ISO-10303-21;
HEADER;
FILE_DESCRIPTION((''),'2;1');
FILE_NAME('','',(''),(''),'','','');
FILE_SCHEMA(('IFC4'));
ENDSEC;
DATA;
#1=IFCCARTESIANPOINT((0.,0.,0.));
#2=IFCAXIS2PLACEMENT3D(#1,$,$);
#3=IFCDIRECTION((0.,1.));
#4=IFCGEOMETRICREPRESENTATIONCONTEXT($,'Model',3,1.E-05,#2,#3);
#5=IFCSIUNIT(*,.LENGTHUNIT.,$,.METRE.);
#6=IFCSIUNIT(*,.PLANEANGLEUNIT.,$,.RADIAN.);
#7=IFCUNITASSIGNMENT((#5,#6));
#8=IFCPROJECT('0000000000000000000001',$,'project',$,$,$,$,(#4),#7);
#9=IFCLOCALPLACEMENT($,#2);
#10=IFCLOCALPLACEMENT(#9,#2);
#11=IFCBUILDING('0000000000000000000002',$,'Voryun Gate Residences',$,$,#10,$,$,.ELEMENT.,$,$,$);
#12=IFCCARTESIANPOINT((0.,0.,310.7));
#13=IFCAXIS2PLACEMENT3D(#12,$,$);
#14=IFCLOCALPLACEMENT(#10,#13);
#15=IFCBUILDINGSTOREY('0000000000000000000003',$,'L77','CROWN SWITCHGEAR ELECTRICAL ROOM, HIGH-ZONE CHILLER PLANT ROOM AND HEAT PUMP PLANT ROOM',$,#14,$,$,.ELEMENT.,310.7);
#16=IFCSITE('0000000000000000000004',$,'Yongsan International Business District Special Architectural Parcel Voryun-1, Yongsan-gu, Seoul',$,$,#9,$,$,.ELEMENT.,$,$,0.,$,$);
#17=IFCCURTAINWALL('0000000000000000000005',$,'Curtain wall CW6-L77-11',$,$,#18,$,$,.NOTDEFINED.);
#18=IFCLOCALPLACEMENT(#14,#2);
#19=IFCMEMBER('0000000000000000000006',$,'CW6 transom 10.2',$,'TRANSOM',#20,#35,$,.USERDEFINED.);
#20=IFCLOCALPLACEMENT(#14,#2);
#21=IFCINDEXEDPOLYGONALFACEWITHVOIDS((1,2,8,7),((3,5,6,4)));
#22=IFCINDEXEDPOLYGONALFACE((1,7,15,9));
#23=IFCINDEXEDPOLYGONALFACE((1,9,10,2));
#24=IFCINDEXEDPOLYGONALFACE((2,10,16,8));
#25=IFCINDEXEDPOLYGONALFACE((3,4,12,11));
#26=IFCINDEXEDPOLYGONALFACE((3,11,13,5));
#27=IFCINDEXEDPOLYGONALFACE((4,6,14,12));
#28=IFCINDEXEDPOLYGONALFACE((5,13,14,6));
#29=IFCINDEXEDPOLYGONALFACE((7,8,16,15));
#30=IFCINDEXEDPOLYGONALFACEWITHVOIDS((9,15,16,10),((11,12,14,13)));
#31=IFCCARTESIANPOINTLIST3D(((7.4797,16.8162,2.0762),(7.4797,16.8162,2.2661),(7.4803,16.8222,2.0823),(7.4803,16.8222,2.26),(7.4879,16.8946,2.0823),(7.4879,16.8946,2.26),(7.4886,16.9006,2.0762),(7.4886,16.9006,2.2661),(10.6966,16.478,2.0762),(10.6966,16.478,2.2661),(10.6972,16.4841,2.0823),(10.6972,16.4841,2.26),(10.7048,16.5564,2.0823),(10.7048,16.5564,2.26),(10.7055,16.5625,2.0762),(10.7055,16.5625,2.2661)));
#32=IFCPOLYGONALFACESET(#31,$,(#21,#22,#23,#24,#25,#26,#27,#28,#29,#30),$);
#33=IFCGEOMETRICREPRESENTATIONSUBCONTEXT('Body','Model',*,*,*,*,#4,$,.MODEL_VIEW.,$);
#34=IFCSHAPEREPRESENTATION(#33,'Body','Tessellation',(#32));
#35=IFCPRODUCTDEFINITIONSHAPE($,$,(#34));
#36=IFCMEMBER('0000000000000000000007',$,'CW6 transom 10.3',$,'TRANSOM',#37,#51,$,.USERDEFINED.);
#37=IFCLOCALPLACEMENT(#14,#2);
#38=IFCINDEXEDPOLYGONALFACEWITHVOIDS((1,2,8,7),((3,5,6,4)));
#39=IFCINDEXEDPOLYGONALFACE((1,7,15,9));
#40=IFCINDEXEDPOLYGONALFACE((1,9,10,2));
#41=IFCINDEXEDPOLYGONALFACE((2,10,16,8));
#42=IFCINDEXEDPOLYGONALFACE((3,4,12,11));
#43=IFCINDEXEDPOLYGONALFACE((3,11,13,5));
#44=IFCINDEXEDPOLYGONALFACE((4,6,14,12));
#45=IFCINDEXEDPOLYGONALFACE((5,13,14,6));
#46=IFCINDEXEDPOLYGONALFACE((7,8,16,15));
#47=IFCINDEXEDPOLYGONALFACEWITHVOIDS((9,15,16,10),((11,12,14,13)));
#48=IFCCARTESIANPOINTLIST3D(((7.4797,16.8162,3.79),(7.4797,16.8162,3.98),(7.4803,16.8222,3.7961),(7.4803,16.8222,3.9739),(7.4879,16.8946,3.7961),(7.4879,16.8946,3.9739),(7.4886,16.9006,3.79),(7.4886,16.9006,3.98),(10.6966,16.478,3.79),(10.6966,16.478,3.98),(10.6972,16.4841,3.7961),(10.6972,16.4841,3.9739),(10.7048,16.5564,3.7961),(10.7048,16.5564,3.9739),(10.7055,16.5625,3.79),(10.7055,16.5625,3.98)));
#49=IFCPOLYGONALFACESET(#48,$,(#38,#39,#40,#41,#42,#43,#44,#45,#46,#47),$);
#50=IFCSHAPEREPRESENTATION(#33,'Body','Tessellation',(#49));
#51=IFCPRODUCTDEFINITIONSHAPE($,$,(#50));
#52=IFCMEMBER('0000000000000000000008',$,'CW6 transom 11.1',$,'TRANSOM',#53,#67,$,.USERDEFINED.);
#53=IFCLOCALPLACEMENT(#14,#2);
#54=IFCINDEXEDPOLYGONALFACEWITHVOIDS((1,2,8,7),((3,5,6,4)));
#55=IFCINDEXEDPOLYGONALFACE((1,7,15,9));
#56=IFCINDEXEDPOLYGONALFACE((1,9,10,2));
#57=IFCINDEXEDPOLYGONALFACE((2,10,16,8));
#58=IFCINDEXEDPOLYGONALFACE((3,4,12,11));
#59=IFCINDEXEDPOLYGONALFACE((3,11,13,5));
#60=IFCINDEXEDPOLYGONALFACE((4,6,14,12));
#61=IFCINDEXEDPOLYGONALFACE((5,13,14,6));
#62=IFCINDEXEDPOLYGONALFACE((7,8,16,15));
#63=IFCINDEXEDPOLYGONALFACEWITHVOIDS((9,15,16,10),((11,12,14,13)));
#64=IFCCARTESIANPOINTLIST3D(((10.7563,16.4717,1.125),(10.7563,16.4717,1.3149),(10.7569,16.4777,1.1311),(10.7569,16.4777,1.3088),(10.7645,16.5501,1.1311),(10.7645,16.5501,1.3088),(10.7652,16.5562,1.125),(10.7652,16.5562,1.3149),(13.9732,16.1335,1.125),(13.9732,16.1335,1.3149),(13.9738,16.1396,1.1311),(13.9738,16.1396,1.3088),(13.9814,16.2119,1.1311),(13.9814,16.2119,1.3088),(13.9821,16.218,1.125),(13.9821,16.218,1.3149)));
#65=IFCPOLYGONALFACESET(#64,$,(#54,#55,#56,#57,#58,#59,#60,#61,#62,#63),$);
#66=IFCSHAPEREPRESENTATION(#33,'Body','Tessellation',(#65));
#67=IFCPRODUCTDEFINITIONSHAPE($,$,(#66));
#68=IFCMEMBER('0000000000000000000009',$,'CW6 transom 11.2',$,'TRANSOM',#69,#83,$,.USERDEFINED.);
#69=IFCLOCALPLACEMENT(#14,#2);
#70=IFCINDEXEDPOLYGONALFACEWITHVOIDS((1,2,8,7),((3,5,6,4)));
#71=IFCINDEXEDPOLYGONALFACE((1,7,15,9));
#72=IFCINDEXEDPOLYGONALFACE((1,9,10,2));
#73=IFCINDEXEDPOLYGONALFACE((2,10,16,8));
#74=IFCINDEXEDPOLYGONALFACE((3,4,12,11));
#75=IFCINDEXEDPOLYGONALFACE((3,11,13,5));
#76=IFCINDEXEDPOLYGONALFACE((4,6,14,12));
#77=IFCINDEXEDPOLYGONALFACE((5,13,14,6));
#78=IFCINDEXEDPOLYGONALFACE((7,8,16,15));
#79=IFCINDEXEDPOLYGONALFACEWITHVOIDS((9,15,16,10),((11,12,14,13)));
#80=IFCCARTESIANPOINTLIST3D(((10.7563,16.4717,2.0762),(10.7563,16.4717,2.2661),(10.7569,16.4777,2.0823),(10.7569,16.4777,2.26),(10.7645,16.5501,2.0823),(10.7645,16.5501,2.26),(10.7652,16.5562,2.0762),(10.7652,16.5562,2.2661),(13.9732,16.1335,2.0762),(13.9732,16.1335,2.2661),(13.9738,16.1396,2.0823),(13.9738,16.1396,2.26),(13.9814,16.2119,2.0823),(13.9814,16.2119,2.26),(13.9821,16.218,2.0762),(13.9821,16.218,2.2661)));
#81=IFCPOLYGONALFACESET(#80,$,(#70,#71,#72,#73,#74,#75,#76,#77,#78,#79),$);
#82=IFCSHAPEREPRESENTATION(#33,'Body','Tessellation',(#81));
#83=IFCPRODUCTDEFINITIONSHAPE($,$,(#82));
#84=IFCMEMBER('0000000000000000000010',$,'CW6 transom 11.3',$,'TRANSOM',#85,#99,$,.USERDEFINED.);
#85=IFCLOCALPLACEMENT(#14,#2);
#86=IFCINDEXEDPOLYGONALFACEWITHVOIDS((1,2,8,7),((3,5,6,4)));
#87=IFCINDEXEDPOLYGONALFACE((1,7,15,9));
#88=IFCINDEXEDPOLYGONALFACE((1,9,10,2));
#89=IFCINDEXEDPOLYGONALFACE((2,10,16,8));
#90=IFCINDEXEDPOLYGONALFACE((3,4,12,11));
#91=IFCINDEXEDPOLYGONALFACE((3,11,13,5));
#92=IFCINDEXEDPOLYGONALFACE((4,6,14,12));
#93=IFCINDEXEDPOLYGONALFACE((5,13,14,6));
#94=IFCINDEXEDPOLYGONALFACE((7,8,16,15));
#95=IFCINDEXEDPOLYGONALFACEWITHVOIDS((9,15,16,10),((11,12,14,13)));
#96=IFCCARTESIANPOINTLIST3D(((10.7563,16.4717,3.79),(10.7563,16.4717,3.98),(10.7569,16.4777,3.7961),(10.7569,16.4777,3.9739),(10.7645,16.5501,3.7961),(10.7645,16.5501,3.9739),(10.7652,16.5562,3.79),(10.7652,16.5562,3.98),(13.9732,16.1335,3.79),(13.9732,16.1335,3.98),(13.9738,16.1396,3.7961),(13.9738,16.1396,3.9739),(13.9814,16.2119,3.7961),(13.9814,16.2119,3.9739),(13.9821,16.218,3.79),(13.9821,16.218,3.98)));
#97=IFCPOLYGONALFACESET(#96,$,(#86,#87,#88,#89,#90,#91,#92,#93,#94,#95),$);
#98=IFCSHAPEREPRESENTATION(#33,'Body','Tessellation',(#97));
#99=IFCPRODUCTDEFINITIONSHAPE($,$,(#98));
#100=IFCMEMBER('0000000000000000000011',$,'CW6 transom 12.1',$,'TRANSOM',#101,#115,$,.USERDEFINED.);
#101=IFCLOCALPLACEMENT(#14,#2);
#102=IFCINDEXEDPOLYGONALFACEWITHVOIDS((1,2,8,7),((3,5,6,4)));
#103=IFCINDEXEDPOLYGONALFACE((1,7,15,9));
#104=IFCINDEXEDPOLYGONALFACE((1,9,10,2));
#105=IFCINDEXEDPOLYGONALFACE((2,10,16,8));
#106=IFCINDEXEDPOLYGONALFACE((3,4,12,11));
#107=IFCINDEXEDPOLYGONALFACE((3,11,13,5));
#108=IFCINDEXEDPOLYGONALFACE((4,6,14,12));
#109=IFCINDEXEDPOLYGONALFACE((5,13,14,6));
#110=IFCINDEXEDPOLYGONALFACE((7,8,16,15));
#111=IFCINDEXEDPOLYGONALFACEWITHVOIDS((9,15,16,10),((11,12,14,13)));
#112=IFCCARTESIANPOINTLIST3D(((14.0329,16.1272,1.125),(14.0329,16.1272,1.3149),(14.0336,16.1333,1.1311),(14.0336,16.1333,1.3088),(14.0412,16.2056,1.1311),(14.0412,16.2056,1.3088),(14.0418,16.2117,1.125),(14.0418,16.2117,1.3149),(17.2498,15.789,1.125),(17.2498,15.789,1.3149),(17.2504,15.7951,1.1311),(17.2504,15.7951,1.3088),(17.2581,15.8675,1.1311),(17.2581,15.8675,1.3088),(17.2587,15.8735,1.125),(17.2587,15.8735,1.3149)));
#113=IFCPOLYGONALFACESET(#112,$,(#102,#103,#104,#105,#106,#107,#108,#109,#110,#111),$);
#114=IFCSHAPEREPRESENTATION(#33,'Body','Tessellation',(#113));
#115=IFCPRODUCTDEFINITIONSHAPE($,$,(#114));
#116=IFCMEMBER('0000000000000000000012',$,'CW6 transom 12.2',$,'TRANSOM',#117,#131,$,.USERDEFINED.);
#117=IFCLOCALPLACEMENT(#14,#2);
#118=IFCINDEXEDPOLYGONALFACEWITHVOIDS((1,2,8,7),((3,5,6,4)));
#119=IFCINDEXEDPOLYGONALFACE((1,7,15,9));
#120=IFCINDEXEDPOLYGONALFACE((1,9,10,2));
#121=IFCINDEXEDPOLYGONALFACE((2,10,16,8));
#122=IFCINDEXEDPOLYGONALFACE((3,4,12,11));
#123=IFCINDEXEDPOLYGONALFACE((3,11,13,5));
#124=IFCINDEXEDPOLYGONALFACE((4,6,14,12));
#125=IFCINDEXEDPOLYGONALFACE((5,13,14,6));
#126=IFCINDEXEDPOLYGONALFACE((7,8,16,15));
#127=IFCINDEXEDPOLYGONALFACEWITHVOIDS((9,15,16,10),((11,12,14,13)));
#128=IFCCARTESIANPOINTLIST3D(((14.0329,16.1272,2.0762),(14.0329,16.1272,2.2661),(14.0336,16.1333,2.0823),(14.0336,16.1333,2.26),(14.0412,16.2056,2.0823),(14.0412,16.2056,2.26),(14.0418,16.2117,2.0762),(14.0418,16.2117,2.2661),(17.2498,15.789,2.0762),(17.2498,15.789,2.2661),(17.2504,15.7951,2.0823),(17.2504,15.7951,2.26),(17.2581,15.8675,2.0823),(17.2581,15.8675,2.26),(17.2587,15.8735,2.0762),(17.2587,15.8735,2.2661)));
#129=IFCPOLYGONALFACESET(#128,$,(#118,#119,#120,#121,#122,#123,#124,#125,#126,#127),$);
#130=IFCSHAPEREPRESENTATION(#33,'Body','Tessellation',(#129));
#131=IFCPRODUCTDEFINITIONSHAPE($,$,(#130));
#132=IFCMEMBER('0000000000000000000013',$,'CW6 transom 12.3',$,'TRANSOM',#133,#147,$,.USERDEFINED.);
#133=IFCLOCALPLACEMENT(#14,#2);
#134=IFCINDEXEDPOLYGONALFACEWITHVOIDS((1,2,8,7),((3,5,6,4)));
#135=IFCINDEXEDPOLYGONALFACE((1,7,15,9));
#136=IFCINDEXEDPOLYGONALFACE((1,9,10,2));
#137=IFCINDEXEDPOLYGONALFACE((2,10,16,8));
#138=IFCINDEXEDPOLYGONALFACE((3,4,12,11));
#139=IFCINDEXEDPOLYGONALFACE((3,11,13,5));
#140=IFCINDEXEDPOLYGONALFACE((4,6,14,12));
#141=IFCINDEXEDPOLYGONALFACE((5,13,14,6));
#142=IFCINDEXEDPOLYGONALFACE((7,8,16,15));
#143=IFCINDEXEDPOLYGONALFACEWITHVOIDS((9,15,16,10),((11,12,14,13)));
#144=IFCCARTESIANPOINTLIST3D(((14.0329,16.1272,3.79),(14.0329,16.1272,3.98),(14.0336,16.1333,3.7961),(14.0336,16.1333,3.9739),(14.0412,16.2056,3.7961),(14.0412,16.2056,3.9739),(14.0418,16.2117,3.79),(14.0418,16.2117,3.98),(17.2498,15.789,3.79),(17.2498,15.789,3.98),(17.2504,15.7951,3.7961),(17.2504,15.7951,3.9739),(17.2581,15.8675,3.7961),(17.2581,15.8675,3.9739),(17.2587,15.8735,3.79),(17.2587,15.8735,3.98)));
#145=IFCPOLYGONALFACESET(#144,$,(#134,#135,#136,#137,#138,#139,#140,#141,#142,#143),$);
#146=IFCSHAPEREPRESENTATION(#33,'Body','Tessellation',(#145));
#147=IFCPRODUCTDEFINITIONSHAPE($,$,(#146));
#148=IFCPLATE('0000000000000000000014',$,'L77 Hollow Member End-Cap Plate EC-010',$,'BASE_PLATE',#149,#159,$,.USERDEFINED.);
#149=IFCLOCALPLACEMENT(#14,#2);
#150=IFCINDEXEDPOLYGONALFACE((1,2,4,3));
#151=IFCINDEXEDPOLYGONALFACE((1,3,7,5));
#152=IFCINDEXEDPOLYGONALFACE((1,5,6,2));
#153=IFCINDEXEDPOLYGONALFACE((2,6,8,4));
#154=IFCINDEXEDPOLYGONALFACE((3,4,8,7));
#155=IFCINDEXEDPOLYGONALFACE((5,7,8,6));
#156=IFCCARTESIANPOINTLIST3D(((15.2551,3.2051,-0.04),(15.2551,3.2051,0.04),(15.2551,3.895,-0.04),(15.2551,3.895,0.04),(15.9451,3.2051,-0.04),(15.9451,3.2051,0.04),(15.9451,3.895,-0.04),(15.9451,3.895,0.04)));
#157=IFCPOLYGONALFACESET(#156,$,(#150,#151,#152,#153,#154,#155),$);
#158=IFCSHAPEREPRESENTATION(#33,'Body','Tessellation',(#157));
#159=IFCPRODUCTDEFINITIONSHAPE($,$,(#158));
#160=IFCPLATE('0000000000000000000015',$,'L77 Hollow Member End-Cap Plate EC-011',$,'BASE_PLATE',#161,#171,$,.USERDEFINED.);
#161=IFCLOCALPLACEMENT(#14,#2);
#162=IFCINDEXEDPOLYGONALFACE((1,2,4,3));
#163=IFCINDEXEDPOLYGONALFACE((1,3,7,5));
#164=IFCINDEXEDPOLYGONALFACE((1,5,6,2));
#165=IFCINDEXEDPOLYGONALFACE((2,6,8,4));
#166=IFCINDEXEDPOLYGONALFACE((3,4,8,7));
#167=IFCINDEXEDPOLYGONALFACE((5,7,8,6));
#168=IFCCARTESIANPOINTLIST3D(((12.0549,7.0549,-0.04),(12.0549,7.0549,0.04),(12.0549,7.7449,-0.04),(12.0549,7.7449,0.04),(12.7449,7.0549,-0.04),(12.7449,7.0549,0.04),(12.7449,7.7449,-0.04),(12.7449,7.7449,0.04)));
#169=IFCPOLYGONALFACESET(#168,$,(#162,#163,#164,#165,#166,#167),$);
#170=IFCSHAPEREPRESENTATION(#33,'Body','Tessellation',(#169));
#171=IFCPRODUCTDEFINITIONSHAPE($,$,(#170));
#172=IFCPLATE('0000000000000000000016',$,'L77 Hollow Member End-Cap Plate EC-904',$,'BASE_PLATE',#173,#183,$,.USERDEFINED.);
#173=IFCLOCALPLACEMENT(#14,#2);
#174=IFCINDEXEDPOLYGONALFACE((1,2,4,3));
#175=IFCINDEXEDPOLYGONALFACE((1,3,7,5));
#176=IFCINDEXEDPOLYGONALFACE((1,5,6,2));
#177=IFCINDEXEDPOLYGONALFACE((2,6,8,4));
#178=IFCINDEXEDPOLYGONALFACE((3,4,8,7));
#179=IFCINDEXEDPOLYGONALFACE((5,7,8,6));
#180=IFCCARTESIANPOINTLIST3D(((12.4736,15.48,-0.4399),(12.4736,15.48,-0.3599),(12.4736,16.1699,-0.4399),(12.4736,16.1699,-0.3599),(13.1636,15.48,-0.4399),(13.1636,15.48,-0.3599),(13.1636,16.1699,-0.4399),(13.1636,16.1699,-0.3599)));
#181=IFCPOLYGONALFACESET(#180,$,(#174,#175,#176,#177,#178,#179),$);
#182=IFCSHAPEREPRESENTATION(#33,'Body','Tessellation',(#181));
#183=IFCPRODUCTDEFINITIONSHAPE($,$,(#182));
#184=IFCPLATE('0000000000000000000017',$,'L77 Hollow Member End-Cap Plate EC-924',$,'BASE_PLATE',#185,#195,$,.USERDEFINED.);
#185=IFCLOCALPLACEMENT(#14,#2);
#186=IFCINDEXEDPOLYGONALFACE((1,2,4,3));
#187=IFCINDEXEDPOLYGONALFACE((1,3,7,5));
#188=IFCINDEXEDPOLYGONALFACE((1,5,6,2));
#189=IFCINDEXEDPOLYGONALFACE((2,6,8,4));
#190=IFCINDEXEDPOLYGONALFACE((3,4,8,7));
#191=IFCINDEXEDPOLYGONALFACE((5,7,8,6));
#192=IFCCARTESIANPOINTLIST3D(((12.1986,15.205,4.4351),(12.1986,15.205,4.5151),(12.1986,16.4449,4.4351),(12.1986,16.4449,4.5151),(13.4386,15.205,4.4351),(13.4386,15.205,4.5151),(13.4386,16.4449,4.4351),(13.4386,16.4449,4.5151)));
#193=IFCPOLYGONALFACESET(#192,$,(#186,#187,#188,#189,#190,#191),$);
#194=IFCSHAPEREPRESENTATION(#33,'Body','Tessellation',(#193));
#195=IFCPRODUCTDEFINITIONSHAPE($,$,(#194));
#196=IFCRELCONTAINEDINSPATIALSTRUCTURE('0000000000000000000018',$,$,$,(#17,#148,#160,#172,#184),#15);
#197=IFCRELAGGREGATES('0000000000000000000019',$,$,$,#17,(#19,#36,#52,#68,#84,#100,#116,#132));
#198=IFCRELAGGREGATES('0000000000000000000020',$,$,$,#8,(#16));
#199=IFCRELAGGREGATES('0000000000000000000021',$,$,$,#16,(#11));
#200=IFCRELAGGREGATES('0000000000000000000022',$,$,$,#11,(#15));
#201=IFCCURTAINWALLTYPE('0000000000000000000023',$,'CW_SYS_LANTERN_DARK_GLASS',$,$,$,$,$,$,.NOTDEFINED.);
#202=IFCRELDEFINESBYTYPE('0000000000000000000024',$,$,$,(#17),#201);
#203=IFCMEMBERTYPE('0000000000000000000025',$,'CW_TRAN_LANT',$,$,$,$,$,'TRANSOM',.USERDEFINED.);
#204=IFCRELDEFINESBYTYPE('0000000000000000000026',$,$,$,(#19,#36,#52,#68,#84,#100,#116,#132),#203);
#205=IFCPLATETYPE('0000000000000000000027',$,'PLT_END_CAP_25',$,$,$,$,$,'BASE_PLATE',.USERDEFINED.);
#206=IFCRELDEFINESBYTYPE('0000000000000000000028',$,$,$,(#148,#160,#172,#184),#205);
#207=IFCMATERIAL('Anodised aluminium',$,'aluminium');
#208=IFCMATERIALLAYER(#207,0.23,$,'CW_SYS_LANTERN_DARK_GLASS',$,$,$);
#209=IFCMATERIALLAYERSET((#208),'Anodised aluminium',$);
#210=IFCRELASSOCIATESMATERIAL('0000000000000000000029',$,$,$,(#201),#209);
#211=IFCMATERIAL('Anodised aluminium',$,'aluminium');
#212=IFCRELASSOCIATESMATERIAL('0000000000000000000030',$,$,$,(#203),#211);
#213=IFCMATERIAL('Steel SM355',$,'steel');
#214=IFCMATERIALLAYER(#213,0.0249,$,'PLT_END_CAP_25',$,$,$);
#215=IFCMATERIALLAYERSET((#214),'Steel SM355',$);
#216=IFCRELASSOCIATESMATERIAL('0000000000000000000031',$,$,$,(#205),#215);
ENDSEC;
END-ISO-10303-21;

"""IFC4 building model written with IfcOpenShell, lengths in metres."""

from ifc_helpers import new_model, si_unit, direction, frame, origin, origin_2d, place, context, subcontext, project, spatial, rectangle, hollow_rectangle, extrude, material, layer, layer_set, material_profile, profile_set, type_object, element, aggregate, save


model = new_model("IFC4")

# Units and contexts
model_context = context("Model", 3, precision=1e-05, world=origin(), true_north=direction((0.0, 1.0)))
body_context = subcontext(model_context, "Body", "Model", "MODEL_VIEW")
ifc_project = project(units=[si_unit("LENGTHUNIT", "METRE"), si_unit("PLANEANGLEUNIT", "RADIAN")], contexts=[model_context])

# Site, building, storey
site_placement = place(None, origin())
site = spatial("IfcSite", under=ifc_project, at=site_placement, Name="Yongsan International Business District Special Architectural Parcel Voryun-1, Yongsan-gu, Seoul", CompositionType="ELEMENT", RefElevation=0.0)
building_placement = place(site_placement, origin())
building = spatial("IfcBuilding", under=site, at=building_placement, Name="Voryun Gate Residences", CompositionType="ELEMENT")
storey_placement = place(building_placement, frame((0.0, 0.0, 310.7)))
storey = spatial("IfcBuildingStorey", under=building, at=storey_placement, Name="L77", Description="CROWN SWITCHGEAR ELECTRICAL ROOM, HIGH-ZONE CHILLER PLANT ROOM AND HEAT PUMP PLANT ROOM", CompositionType="ELEMENT", Elevation=310.7)

# Curtain wall, members
ifc_material_1 = material(Name="Anodised aluminium", Category="aluminium")
ifc_layer_1 = layer(ifc_material_1, 0.23, Name="CW_SYS_LANTERN_DARK_GLASS")
ifc_layer_set_1 = layer_set([ifc_layer_1], Name="Anodised aluminium")
curtain_wall_type = type_object("IfcCurtainWallType", Name="CW_SYS_LANTERN_DARK_GLASS", PredefinedType="NOTDEFINED", material=ifc_layer_set_1)
curtain_wall_placement = place(storey_placement, origin())
curtain_wall = element("IfcCurtainWall", 1, at=curtain_wall_placement, inside=storey, type_object=curtain_wall_type, Name="Curtain wall CW6-L77-11", PredefinedType="NOTDEFINED")
ifc_material_2 = material(Name="Anodised aluminium", Category="aluminium")
ifc_material_profile_1 = material_profile(ifc_material_2, hollow_rectangle(XDim=0.085, YDim=0.1899, WallThickness=0.0061, at=origin_2d()), Name="ALU-TRAN-190x85x6")
ifc_profile_set_1 = profile_set([ifc_material_profile_1], Name="Anodised aluminium")
member_type_1 = type_object("IfcMemberType", Name="CW_TRAN_LANT", ElementType="TRANSOM", PredefinedType="USERDEFINED", material=ifc_profile_set_1)
member_1_placement = place(storey_placement, frame((7.4841, 16.8584, 2.1711), z_axis=(0.994521, -0.104539, 0.0), x_axis=(0.104539, 0.994521, 0.0)))
member_1 = element("IfcMember", 2, at=member_1_placement, type_object=member_type_1, Name="CW6 transom 10.2", ObjectType="TRANSOM", PredefinedType="USERDEFINED", context=body_context, shape_type="SweptSolid", body=[
    extrude(hollow_rectangle(XDim=0.085, YDim=0.1899, WallThickness=0.0061, at=origin_2d()), origin(), (0.0, 0.0, 1.0), 3.2346),
])
member_2_placement = place(storey_placement, frame((7.4841, 16.8584, 3.885), z_axis=(0.994521, -0.104539, 0.0), x_axis=(0.104539, 0.994521, 0.0)))
member_2 = element("IfcMember", 3, at=member_2_placement, type_object=member_type_1, Name="CW6 transom 10.3", ObjectType="TRANSOM", PredefinedType="USERDEFINED", context=body_context, shape_type="SweptSolid", body=[
    extrude(hollow_rectangle(XDim=0.085, YDim=0.1899, WallThickness=0.0061, at=origin_2d()), origin(), (0.0, 0.0, 1.0), 3.2346),
])
member_3_placement = place(storey_placement, frame((10.7607, 16.5139, 1.22), z_axis=(0.994521, -0.104539, 0.0), x_axis=(0.104539, 0.994521, 0.0)))
member_3 = element("IfcMember", 4, at=member_3_placement, type_object=member_type_1, Name="CW6 transom 11.1", ObjectType="TRANSOM", PredefinedType="USERDEFINED", context=body_context, shape_type="SweptSolid", body=[
    extrude(hollow_rectangle(XDim=0.085, YDim=0.1899, WallThickness=0.0061, at=origin_2d()), origin(), (0.0, 0.0, 1.0), 3.2346),
])
member_4_placement = place(storey_placement, frame((10.7607, 16.5139, 2.1711), z_axis=(0.994521, -0.104539, 0.0), x_axis=(0.104539, 0.994521, 0.0)))
member_4 = element("IfcMember", 5, at=member_4_placement, type_object=member_type_1, Name="CW6 transom 11.2", ObjectType="TRANSOM", PredefinedType="USERDEFINED", context=body_context, shape_type="SweptSolid", body=[
    extrude(hollow_rectangle(XDim=0.085, YDim=0.1899, WallThickness=0.0061, at=origin_2d()), origin(), (0.0, 0.0, 1.0), 3.2346),
])
member_5_placement = place(storey_placement, frame((10.7607, 16.5139, 3.885), z_axis=(0.994521, -0.104539, 0.0), x_axis=(0.104539, 0.994521, 0.0)))
member_5 = element("IfcMember", 6, at=member_5_placement, type_object=member_type_1, Name="CW6 transom 11.3", ObjectType="TRANSOM", PredefinedType="USERDEFINED", context=body_context, shape_type="SweptSolid", body=[
    extrude(hollow_rectangle(XDim=0.085, YDim=0.1899, WallThickness=0.0061, at=origin_2d()), origin(), (0.0, 0.0, 1.0), 3.2346),
])
member_6_placement = place(storey_placement, frame((14.0374, 16.1694, 1.22), z_axis=(0.994521, -0.104539, 0.0), x_axis=(0.104539, 0.994521, 0.0)))
member_6 = element("IfcMember", 7, at=member_6_placement, type_object=member_type_1, Name="CW6 transom 12.1", ObjectType="TRANSOM", PredefinedType="USERDEFINED", context=body_context, shape_type="SweptSolid", body=[
    extrude(hollow_rectangle(XDim=0.085, YDim=0.1899, WallThickness=0.0061, at=origin_2d()), origin(), (0.0, 0.0, 1.0), 3.2346),
])
member_7_placement = place(storey_placement, frame((14.0374, 16.1694, 2.1711), z_axis=(0.994521, -0.104539, 0.0), x_axis=(0.104539, 0.994521, 0.0)))
member_7 = element("IfcMember", 8, at=member_7_placement, type_object=member_type_1, Name="CW6 transom 12.2", ObjectType="TRANSOM", PredefinedType="USERDEFINED", context=body_context, shape_type="SweptSolid", body=[
    extrude(hollow_rectangle(XDim=0.085, YDim=0.1899, WallThickness=0.0061, at=origin_2d()), origin(), (0.0, 0.0, 1.0), 3.2346),
])
member_8_placement = place(storey_placement, frame((14.0374, 16.1694, 3.885), z_axis=(0.994521, -0.104539, 0.0), x_axis=(0.104539, 0.994521, 0.0)))
member_8 = element("IfcMember", 9, at=member_8_placement, type_object=member_type_1, Name="CW6 transom 12.3", ObjectType="TRANSOM", PredefinedType="USERDEFINED", context=body_context, shape_type="SweptSolid", body=[
    extrude(hollow_rectangle(XDim=0.085, YDim=0.1899, WallThickness=0.0061, at=origin_2d()), origin(), (0.0, 0.0, 1.0), 3.2346),
])

# Plates
ifc_material_3 = material(Name="Steel SM355", Category="steel")
ifc_layer_2 = layer(ifc_material_3, 0.0249, Name="PLT_END_CAP_25")
ifc_layer_set_2 = layer_set([ifc_layer_2], Name="Steel SM355")
plate_type_1 = type_object("IfcPlateType", Name="PLT_END_CAP_25", ElementType="BASE_PLATE", PredefinedType="USERDEFINED", material=ifc_layer_set_2)
for number, where, z_axis, x_axis, name in (
    (10, (15.6001, 3.55, -0.04), (0.0, 0.0, 1.0), (1.0, 0.0, 0.0), "L77 Hollow Member End-Cap Plate EC-010"),
    (11, (12.3999, 7.3999, -0.04), (0.0, 0.0, 1.0), (1.0, 0.0, 0.0), "L77 Hollow Member End-Cap Plate EC-011"),
    (12, (12.8186, 15.825, -0.4399), (0.0, 0.0, 1.0), (1.0, 0.0, 0.0), "L77 Hollow Member End-Cap Plate EC-904"),
):
    element("IfcPlate", number, at=place(storey_placement, frame(where, z_axis=z_axis, x_axis=x_axis)), inside=storey, type_object=plate_type_1, Name=name, ObjectType="BASE_PLATE", PredefinedType="USERDEFINED", context=body_context, shape_type="SweptSolid", body=[
        extrude(rectangle(XDim=0.6899, YDim=0.6899, at=origin_2d()), origin(), (0.0, 0.0, 1.0), 0.0801),
    ])
for number, where, z_axis, x_axis, name in (
    (13, (12.8186, 15.825, 4.4351), (0.0, 0.0, 1.0), (1.0, 0.0, 0.0), "L77 Hollow Member End-Cap Plate EC-924"),
):
    element("IfcPlate", number, at=place(storey_placement, frame(where, z_axis=z_axis, x_axis=x_axis)), inside=storey, type_object=plate_type_1, Name=name, ObjectType="BASE_PLATE", PredefinedType="USERDEFINED", context=body_context, shape_type="SweptSolid", body=[
        extrude(rectangle(XDim=1.24, YDim=1.24, at=origin_2d()), origin(), (0.0, 0.0, 1.0), 0.0801),
    ])

aggregate(curtain_wall, [member_1, member_2, member_3, member_4, member_5, member_6, member_7, member_8])

save(model, "model.ifc")
